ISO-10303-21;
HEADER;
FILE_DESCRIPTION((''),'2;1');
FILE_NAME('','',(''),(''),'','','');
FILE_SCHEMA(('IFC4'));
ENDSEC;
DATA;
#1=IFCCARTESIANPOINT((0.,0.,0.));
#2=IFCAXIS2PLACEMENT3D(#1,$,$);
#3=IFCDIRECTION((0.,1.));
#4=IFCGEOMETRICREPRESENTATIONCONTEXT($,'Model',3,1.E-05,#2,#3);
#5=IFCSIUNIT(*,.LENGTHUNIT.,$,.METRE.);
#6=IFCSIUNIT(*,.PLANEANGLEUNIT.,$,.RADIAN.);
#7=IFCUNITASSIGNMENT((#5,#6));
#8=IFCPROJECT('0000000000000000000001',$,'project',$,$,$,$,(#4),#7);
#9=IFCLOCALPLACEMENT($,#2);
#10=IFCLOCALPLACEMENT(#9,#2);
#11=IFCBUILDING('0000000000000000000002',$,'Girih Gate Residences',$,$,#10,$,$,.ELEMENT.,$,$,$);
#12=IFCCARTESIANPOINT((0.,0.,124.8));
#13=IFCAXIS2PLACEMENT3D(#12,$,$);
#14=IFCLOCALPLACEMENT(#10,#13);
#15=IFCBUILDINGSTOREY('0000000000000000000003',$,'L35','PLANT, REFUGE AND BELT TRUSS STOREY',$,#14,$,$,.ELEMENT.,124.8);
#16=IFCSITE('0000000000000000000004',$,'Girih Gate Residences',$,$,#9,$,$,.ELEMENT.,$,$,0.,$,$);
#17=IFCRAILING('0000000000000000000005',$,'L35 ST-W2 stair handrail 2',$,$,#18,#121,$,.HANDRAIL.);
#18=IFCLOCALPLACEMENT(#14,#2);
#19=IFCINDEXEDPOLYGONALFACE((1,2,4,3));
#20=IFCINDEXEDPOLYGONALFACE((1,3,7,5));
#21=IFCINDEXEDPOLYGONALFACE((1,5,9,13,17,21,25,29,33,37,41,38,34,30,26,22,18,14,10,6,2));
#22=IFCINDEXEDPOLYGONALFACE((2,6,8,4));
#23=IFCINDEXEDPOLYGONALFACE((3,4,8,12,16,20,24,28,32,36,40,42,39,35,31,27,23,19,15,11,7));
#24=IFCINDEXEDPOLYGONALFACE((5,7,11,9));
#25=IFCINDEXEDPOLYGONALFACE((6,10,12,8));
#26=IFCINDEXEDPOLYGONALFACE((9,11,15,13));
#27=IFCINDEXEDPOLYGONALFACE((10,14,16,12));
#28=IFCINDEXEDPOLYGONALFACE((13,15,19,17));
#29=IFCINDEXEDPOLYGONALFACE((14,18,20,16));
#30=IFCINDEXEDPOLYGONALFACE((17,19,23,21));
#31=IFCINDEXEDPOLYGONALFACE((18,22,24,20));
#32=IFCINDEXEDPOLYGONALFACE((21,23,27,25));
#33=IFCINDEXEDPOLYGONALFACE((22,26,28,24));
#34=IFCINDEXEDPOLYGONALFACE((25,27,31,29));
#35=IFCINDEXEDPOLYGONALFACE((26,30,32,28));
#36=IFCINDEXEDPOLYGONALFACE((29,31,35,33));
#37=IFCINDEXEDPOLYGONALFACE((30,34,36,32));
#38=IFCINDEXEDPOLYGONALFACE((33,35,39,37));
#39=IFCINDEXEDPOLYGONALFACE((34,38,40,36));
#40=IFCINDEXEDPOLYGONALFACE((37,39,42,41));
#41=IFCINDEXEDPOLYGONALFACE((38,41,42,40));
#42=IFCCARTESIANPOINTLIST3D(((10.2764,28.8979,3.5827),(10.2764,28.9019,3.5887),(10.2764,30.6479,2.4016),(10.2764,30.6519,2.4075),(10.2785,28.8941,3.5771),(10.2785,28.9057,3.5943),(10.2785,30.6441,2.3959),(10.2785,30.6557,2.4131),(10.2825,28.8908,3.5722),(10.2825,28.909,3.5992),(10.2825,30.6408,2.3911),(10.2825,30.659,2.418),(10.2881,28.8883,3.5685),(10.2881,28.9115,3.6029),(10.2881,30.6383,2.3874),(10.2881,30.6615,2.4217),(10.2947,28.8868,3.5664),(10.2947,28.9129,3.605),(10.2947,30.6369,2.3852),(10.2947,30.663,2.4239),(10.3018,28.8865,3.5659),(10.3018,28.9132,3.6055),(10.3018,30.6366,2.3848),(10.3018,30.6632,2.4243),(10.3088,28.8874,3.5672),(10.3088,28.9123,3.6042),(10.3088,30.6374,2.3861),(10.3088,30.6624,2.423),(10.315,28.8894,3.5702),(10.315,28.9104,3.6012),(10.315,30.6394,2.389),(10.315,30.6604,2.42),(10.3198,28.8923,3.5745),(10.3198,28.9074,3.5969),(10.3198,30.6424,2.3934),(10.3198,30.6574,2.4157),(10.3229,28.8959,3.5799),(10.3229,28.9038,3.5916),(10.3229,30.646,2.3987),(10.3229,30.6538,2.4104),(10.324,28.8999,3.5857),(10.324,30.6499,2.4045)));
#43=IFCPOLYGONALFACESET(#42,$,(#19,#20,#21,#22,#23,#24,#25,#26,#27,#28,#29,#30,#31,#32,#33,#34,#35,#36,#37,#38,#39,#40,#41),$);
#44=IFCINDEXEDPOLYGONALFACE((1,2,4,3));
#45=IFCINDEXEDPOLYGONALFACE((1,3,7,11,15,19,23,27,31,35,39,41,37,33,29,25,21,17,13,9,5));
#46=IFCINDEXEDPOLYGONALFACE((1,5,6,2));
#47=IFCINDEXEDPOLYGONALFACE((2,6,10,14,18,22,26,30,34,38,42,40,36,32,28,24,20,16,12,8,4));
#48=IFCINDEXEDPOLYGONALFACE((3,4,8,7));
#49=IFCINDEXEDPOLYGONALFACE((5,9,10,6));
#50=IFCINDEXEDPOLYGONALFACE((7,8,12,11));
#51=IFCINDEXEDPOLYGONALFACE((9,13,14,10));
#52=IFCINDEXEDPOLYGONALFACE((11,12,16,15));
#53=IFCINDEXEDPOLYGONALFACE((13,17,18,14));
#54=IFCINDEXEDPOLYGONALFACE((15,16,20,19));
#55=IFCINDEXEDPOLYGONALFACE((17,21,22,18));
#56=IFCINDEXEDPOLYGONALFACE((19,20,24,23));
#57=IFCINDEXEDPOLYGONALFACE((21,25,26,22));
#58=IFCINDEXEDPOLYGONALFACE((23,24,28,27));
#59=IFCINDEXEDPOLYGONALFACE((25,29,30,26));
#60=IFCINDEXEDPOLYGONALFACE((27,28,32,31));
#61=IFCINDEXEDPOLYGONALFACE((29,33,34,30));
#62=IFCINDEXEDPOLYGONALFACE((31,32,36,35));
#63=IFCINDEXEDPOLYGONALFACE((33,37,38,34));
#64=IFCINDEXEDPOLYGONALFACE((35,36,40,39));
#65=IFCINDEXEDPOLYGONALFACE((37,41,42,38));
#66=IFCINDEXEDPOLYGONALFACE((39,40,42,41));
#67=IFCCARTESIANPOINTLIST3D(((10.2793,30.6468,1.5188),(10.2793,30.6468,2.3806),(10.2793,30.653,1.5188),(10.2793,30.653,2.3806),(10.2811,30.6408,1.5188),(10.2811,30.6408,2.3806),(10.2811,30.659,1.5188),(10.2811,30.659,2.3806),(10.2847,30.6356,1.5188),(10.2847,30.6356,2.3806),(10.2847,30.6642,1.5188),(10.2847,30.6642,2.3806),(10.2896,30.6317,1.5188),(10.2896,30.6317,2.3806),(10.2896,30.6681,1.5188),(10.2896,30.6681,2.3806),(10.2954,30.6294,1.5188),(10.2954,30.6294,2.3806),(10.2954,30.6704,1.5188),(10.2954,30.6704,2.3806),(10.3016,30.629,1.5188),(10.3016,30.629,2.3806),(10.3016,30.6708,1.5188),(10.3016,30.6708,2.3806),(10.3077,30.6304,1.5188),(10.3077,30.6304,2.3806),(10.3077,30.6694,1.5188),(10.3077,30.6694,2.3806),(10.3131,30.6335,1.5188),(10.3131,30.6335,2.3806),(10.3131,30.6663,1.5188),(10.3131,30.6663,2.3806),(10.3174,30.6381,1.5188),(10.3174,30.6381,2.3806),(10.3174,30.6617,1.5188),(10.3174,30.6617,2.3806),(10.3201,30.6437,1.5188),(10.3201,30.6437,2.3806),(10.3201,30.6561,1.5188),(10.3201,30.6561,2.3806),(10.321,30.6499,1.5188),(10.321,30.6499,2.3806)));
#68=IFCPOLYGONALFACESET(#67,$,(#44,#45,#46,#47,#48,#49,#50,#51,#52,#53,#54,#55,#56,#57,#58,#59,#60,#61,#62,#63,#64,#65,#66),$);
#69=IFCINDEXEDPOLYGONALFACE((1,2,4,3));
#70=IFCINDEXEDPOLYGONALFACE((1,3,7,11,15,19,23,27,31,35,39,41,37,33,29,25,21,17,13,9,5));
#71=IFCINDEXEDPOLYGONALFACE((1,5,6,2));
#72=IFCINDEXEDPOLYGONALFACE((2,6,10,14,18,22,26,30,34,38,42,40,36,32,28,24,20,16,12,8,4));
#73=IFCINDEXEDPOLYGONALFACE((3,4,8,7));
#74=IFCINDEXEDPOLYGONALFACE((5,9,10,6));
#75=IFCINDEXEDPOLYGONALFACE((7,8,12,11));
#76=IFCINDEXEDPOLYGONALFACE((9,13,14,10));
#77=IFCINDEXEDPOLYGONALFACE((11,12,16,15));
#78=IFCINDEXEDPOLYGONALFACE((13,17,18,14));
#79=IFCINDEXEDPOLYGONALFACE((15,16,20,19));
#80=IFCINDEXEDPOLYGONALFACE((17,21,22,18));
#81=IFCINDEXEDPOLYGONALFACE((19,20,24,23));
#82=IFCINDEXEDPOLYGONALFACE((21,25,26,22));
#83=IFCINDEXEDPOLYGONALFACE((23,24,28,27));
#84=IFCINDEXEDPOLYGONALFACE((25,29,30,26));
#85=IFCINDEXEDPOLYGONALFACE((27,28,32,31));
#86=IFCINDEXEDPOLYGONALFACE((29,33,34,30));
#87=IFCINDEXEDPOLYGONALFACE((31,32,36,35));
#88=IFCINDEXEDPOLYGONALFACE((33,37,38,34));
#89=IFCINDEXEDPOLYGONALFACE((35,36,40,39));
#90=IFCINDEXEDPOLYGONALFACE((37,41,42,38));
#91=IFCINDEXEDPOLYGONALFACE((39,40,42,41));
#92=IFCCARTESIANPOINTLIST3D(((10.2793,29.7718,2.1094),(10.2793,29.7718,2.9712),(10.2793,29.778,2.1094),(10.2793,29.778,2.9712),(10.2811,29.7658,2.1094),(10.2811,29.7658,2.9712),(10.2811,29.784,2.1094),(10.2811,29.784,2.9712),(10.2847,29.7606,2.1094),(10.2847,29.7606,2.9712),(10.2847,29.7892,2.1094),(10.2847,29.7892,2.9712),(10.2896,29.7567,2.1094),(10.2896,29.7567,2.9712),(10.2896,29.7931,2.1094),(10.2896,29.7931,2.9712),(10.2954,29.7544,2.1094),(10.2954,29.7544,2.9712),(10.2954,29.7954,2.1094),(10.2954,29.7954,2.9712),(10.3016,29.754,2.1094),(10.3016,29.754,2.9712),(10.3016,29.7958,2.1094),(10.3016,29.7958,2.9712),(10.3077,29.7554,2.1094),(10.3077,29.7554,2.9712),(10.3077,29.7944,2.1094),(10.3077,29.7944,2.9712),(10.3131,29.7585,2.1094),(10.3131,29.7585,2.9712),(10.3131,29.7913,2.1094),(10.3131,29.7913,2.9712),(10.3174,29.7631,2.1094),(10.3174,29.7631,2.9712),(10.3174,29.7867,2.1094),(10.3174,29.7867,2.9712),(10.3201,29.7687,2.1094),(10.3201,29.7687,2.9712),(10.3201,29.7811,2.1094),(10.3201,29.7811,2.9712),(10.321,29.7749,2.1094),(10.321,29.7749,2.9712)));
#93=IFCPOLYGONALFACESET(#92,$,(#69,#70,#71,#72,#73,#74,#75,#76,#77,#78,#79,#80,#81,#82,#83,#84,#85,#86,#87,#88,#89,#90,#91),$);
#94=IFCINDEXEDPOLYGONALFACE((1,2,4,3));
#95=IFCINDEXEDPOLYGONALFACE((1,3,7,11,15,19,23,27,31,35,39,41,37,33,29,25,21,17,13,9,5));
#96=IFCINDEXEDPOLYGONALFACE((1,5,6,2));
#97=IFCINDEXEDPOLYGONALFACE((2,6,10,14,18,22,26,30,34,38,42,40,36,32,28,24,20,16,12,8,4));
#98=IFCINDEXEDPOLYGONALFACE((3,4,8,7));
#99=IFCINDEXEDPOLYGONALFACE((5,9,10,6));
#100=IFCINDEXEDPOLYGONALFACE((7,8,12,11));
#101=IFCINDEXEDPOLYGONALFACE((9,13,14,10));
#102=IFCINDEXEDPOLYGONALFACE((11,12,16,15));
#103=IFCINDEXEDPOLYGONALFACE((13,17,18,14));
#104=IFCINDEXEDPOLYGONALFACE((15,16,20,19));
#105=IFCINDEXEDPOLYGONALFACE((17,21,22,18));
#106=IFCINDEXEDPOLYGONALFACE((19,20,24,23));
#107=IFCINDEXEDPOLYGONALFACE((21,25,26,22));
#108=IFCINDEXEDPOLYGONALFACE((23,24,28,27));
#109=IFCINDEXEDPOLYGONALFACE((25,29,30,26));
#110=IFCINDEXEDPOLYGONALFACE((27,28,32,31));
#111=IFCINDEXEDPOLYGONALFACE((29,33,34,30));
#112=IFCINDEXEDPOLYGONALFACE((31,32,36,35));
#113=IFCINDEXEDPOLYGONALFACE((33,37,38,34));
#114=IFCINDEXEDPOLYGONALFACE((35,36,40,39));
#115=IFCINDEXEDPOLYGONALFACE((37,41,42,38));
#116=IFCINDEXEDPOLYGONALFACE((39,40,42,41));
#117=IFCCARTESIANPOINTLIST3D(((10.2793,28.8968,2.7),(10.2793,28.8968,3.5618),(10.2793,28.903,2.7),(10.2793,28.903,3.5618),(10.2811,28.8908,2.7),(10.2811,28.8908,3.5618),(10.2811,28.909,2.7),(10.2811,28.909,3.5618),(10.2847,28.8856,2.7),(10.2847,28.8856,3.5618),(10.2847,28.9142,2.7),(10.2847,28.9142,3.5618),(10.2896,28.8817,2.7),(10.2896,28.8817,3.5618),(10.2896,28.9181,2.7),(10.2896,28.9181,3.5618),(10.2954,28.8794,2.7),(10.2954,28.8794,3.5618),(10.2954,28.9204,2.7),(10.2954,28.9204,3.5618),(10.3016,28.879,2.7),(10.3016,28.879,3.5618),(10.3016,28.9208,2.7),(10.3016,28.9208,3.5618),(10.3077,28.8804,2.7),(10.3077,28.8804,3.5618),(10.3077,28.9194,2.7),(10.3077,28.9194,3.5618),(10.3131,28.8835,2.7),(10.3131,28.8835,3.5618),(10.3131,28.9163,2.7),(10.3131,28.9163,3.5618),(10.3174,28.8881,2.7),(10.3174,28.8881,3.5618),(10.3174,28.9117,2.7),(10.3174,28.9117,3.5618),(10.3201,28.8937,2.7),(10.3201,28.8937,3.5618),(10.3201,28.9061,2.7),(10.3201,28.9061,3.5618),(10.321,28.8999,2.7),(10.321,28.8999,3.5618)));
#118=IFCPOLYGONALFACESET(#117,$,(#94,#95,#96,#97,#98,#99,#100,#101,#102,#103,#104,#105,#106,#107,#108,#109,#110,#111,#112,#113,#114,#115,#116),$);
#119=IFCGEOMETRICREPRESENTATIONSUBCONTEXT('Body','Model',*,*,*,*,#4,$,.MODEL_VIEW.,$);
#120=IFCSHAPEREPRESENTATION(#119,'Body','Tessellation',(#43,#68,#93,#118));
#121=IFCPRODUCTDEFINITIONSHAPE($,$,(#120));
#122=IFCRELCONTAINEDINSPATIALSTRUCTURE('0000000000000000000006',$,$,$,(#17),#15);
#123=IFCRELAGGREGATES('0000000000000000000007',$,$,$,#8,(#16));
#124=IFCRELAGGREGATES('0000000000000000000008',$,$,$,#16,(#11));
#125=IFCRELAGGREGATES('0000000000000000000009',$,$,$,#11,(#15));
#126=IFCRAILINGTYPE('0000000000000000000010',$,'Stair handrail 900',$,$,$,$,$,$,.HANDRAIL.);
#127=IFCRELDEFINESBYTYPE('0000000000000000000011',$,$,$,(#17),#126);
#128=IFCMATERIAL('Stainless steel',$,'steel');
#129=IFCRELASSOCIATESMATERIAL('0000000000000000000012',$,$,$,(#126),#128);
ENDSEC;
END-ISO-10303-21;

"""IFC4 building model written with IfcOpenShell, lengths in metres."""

from ifc_helpers import new_model, si_unit, direction, frame, origin, origin_2d, place, context, subcontext, project, spatial, circle, extrude, material, type_object, element, save


model = new_model("IFC4")

# Units and contexts
model_context = context("Model", 3, precision=1e-05, world=origin(), true_north=direction((0.0, 1.0)))
body_context = subcontext(model_context, "Body", "Model", "MODEL_VIEW")
ifc_project = project(units=[si_unit("LENGTHUNIT", "METRE"), si_unit("PLANEANGLEUNIT", "RADIAN")], contexts=[model_context])

# Site, building, storey
site_placement = place(None, origin())
site = spatial("IfcSite", under=ifc_project, at=site_placement, Name="Girih Gate Residences", CompositionType="ELEMENT", RefElevation=0.0)
building_placement = place(site_placement, origin())
building = spatial("IfcBuilding", under=site, at=building_placement, Name="Girih Gate Residences", CompositionType="ELEMENT")
storey_placement = place(building_placement, frame((0.0, 0.0, 124.8)))
storey = spatial("IfcBuildingStorey", under=building, at=storey_placement, Name="L35", Description="PLANT, REFUGE AND BELT TRUSS STOREY", CompositionType="ELEMENT", Elevation=124.8)

# Railing
ifc_material_1 = material(Name="Stainless steel", Category="steel")
railing_type_1 = type_object("IfcRailingType", Name="Stair handrail 900", PredefinedType="HANDRAIL", material=ifc_material_1)
railing_1_placement = place(storey_placement, frame((10.3, 30.6499, 1.5188)))
element("IfcRailing", 1, at=railing_1_placement, inside=storey, type_object=railing_type_1, Name="L35 ST-W2 stair handrail 2", PredefinedType="HANDRAIL", context=body_context, shape_type="SweptSolid", body=[
    extrude(circle(Radius=0.0239, at=origin_2d()), frame((0.0, 0.0, 0.8857), z_axis=(0.0, -0.82887, 0.559441), x_axis=(1.0, 0.0, 0.0)), (0.0, 0.0, 1.0), 2.1113),
    extrude(circle(Radius=0.021, at=origin_2d()), origin(), (0.0, 0.0, 1.0), 0.8618),
    extrude(circle(Radius=0.021, at=origin_2d()), frame((0.0, -0.875, 0.5906)), (0.0, 0.0, 1.0), 0.8618),
    extrude(circle(Radius=0.021, at=origin_2d()), frame((0.0, -1.75, 1.1812)), (0.0, 0.0, 1.0), 0.8618),
])

save(model, "model.ifc")
